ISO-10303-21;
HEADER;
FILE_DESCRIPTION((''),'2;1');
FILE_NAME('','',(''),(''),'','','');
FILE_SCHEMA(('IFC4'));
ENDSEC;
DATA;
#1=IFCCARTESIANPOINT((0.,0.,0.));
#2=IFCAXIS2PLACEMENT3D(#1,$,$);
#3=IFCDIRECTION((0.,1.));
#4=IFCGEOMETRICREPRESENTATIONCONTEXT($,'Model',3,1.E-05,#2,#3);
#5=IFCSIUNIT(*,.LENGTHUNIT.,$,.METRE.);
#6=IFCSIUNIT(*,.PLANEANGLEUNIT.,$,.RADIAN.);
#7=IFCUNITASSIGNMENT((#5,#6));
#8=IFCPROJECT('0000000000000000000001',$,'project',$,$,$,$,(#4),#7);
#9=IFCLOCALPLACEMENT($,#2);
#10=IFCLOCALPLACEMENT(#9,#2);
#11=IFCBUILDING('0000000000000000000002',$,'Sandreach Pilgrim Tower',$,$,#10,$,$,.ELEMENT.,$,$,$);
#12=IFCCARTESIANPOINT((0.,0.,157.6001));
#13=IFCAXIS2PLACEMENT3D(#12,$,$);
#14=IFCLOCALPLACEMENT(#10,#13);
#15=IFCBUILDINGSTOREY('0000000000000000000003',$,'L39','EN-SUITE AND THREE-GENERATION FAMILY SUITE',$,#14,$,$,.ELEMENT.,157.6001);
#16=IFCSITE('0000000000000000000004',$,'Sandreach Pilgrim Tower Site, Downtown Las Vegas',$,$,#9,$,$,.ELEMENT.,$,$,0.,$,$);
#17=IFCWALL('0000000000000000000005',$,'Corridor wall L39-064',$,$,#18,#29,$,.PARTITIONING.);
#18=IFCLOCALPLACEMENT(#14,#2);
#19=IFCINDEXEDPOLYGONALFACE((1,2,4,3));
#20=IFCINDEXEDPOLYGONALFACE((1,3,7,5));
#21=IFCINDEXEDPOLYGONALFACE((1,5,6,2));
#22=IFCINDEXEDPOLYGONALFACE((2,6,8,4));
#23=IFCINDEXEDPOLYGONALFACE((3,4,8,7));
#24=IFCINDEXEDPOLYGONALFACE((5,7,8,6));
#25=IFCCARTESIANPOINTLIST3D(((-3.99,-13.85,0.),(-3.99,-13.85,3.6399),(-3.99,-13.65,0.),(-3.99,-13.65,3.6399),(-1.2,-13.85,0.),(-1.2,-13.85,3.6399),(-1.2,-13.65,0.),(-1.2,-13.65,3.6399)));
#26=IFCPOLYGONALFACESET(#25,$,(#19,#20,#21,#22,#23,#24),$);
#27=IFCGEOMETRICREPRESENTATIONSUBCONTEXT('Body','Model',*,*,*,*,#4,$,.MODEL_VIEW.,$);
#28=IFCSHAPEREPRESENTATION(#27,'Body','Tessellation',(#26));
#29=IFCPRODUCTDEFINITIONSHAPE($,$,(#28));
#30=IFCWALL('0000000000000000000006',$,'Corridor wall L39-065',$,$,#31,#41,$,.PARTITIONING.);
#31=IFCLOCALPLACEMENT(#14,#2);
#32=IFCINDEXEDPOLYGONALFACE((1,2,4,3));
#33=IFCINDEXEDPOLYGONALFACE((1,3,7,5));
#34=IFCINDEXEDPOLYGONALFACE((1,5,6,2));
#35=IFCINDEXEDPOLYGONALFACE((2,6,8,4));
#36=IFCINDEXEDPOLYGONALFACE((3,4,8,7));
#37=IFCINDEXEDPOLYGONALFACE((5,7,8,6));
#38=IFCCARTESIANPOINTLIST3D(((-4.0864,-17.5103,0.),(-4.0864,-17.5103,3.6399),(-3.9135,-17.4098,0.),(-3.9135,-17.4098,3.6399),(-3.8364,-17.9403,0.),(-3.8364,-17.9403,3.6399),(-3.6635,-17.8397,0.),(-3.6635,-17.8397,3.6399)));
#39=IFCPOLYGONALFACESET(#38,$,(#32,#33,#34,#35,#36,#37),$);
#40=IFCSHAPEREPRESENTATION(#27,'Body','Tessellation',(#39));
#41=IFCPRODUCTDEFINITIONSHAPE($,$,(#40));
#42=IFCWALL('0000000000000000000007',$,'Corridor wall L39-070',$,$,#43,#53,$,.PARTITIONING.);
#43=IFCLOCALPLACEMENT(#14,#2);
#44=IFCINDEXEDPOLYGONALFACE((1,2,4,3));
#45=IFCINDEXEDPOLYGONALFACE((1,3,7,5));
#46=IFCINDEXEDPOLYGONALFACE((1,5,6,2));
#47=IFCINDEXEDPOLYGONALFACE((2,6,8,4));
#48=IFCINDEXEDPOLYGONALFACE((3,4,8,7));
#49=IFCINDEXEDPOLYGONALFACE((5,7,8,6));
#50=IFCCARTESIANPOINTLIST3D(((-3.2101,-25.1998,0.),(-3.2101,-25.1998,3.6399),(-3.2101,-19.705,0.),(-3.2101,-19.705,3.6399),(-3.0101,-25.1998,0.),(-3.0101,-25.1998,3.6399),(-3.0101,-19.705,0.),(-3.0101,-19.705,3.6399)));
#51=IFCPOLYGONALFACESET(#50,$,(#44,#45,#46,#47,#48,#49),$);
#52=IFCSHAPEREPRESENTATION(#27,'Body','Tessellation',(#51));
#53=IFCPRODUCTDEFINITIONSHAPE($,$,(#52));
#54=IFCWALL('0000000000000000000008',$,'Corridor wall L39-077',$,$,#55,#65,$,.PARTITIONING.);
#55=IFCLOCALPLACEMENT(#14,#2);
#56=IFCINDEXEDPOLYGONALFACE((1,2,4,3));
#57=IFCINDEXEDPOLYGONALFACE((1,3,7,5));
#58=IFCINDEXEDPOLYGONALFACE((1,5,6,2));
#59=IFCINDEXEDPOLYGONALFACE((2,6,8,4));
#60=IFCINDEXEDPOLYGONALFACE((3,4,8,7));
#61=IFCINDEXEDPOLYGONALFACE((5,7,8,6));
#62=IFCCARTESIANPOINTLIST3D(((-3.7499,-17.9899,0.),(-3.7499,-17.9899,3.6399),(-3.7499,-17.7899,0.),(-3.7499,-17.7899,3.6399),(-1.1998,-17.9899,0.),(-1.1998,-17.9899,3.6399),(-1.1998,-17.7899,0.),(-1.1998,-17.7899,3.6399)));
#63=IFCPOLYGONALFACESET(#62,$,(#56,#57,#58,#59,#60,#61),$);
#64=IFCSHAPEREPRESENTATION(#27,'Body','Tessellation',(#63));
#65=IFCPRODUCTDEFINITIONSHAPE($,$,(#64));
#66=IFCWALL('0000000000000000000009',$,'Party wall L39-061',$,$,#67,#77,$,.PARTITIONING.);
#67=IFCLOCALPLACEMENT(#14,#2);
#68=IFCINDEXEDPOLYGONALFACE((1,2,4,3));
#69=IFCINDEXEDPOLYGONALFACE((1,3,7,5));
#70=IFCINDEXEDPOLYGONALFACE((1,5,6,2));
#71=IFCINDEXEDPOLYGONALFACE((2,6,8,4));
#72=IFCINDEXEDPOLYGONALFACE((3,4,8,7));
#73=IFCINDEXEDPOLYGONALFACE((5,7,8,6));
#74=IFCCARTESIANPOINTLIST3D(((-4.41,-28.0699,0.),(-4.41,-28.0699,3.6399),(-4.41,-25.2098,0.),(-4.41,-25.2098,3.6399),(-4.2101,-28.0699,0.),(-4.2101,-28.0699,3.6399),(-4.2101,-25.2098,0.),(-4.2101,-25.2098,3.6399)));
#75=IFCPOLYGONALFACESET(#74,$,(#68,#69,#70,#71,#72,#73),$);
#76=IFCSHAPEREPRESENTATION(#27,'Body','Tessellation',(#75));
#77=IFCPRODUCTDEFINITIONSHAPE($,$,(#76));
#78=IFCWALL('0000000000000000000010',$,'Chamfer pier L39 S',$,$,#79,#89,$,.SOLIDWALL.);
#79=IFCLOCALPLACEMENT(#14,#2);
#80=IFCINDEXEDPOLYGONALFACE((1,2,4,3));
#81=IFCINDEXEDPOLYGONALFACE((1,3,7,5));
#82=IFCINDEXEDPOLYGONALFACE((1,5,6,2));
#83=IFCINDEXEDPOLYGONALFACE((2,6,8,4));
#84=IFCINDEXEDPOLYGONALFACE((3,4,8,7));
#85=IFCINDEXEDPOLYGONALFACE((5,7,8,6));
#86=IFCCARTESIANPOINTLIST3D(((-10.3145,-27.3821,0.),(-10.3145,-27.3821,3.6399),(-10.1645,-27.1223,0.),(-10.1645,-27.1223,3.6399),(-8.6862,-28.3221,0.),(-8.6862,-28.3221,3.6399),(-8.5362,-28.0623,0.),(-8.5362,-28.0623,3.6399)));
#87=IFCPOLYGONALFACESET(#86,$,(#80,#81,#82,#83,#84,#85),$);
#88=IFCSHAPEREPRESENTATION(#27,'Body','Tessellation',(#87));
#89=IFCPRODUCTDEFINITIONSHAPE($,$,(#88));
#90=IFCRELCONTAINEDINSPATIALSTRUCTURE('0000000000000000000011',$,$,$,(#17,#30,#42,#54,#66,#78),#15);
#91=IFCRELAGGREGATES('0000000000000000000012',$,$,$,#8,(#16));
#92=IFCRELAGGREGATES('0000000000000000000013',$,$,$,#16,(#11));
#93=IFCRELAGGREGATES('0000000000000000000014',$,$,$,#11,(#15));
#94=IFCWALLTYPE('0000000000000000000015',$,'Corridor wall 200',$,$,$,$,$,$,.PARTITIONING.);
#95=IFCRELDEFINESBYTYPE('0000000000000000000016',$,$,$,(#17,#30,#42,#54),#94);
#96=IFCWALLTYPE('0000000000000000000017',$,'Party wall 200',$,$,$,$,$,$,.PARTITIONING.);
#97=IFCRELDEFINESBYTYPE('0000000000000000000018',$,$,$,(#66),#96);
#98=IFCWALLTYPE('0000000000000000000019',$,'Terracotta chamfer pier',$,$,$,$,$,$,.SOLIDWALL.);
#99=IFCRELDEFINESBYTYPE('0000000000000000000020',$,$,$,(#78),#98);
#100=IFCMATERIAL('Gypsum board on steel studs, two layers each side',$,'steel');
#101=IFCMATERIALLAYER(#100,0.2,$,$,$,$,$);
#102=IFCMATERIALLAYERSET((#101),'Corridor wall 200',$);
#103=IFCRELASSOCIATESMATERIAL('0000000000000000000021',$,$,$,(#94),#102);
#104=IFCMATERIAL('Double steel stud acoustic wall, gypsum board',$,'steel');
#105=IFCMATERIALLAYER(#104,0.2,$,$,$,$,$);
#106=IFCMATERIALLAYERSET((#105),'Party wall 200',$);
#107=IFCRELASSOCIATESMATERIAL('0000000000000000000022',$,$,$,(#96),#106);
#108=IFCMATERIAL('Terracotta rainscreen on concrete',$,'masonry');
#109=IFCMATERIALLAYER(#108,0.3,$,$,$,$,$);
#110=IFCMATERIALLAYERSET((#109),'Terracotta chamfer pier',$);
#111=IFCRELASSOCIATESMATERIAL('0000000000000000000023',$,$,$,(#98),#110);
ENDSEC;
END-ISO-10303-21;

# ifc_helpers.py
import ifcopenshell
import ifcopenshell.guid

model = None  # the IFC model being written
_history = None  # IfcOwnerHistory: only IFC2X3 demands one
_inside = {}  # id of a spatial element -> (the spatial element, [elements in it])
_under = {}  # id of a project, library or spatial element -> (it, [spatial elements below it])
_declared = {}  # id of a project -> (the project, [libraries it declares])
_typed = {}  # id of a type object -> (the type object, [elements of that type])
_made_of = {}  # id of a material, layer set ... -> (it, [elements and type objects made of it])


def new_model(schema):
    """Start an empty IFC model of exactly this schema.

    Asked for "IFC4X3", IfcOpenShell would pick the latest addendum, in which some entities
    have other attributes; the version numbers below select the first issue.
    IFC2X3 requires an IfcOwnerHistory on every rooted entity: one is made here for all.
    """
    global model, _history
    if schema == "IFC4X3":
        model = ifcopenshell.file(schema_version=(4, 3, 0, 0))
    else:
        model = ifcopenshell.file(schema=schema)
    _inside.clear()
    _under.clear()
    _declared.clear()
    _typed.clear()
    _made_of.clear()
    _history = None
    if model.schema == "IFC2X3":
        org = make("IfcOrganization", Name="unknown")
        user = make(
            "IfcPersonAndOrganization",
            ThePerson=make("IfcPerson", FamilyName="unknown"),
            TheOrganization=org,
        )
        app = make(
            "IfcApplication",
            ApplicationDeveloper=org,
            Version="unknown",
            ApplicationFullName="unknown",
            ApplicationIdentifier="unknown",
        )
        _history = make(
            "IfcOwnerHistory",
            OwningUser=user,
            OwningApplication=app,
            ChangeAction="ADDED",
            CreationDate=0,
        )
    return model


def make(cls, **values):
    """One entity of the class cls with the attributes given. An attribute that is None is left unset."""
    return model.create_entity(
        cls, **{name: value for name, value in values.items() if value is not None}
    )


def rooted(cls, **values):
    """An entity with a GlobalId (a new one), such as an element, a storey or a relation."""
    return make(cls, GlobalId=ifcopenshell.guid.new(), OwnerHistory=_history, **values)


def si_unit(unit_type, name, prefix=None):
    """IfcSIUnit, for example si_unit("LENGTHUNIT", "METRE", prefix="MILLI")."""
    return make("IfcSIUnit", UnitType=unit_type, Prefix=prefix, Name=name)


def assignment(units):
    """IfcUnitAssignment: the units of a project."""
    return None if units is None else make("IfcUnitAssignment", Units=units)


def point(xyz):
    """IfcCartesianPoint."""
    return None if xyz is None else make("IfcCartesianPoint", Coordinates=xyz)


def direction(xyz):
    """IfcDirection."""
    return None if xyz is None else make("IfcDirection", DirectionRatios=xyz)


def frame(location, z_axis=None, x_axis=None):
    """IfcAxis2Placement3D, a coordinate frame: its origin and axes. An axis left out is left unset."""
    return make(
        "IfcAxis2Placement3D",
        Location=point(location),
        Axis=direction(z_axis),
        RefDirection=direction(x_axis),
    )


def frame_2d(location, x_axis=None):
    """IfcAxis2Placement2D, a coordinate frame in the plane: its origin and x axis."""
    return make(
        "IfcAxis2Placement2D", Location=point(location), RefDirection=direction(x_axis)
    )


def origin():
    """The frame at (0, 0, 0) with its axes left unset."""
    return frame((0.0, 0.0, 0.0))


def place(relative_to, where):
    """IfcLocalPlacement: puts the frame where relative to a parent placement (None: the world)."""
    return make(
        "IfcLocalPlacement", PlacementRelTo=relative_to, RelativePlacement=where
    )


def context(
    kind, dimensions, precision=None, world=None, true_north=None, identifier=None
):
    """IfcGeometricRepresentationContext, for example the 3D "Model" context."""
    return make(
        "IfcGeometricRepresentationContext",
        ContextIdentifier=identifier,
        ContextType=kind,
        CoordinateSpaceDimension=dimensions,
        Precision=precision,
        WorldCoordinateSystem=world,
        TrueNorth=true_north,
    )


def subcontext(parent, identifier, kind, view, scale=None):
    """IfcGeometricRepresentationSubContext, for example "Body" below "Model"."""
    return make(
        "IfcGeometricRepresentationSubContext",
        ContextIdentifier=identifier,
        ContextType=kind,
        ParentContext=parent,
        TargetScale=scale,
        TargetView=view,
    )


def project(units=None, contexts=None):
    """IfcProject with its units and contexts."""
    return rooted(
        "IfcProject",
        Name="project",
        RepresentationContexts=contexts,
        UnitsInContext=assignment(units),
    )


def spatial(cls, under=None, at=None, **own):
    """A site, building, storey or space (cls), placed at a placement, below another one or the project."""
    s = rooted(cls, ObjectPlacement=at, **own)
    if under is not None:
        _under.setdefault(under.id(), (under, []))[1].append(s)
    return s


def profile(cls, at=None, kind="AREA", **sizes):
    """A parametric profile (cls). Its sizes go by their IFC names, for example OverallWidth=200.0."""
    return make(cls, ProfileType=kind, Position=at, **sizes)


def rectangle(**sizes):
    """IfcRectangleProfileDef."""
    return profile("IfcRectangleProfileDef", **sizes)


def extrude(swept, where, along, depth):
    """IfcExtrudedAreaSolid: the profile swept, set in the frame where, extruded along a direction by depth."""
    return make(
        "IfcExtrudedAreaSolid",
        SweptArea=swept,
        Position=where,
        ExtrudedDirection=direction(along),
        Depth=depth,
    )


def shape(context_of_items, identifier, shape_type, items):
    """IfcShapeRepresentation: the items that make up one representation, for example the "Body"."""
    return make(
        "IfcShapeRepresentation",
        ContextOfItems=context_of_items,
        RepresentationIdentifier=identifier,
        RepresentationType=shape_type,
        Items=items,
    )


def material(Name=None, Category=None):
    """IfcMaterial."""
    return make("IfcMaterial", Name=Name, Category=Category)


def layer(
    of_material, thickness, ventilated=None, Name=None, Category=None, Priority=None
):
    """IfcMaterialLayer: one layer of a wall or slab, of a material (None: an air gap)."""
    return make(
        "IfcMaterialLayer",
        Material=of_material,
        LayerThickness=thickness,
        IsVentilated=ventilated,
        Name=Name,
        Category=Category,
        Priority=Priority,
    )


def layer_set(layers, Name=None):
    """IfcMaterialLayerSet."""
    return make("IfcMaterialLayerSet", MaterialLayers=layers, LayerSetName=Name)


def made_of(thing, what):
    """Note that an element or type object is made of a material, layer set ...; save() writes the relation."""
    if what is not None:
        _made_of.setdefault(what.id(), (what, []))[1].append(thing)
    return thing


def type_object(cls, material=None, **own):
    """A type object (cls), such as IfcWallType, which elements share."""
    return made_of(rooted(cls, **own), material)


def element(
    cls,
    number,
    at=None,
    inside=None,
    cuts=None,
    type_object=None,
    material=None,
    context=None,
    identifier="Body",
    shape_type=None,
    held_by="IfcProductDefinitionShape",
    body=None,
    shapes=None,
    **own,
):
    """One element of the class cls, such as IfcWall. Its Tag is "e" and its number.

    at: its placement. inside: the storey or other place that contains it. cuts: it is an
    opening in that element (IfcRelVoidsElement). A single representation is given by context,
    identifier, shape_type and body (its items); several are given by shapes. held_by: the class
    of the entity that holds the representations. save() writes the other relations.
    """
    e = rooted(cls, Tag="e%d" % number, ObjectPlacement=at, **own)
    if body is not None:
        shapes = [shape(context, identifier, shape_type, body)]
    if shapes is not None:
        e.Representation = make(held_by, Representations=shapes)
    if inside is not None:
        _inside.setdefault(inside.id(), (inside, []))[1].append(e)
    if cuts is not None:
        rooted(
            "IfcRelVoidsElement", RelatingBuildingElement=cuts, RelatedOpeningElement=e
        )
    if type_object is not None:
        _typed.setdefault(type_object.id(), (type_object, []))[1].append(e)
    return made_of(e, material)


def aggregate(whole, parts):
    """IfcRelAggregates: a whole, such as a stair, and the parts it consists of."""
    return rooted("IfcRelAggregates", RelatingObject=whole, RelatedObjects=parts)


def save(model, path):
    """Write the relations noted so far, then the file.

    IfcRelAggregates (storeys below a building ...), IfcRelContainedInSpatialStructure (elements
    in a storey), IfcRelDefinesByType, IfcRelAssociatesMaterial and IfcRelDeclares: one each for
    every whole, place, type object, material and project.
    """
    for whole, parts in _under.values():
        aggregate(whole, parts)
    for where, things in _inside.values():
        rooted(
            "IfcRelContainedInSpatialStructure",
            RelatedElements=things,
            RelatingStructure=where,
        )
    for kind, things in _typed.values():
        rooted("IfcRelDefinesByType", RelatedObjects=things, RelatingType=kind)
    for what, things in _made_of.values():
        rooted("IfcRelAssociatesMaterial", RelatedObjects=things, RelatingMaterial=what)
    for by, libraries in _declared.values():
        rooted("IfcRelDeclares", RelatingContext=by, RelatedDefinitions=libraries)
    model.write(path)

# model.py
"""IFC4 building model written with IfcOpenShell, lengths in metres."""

from ifc_helpers import new_model, si_unit, direction, frame, frame_2d, origin, place, context, subcontext, project, spatial, rectangle, extrude, material, layer, layer_set, type_object, element, save


model = new_model("IFC4")

# Units and contexts
model_context = context("Model", 3, precision=1e-05, world=origin(), true_north=direction((0.0, 1.0)))
body_context = subcontext(model_context, "Body", "Model", "MODEL_VIEW")
ifc_project = project(units=[si_unit("LENGTHUNIT", "METRE"), si_unit("PLANEANGLEUNIT", "RADIAN")], contexts=[model_context])

# Site, building, storey
site_placement = place(None, origin())
site = spatial("IfcSite", under=ifc_project, at=site_placement, Name="Sandreach Pilgrim Tower Site, Downtown Las Vegas", CompositionType="ELEMENT", RefElevation=0.0)
building_placement = place(site_placement, origin())
building = spatial("IfcBuilding", under=site, at=building_placement, Name="Sandreach Pilgrim Tower", CompositionType="ELEMENT")
storey_placement = place(building_placement, frame((0.0, 0.0, 157.6001)))
storey = spatial("IfcBuildingStorey", under=building, at=storey_placement, Name="L39", Description="EN-SUITE AND THREE-GENERATION FAMILY SUITE", CompositionType="ELEMENT", Elevation=157.6001)

# Shared definitions
ifc_material_1 = material(Name="Gypsum board on steel studs, two layers each side", Category="steel")
ifc_layer_1 = layer(ifc_material_1, 0.2)
ifc_layer_set_1 = layer_set([ifc_layer_1], Name="Corridor wall 200")
wall_type_1 = type_object("IfcWallType", Name="Corridor wall 200", PredefinedType="PARTITIONING", material=ifc_layer_set_1)

# Walls
wall_1_placement = place(storey_placement, frame((-3.99, -13.75, 0.0), z_axis=(0.0, 0.0, 1.0), x_axis=(1.0, 0.0, 0.0)))
element("IfcWall", 1, at=wall_1_placement, inside=storey, type_object=wall_type_1, Name="Corridor wall L39-064", PredefinedType="PARTITIONING", context=body_context, shape_type="SweptSolid", body=[
    extrude(rectangle(XDim=2.79, YDim=0.2, at=frame_2d((1.395, 0.0))), origin(), (0.0, 0.0, 1.0), 3.6399),
])
wall_2_placement = place(storey_placement, frame((-3.75, -17.8899, 0.0), z_axis=(0.0, 0.0, 1.0), x_axis=(-0.50268, 0.864472, 0.0)))
element("IfcWall", 2, at=wall_2_placement, inside=storey, type_object=wall_type_1, Name="Corridor wall L39-065", PredefinedType="PARTITIONING", context=body_context, shape_type="SweptSolid", body=[
    extrude(rectangle(XDim=0.4973, YDim=0.2, at=frame_2d((0.2485, 0.0))), origin(), (0.0, 0.0, 1.0), 3.6399),
])
wall_3_placement = place(storey_placement, frame((-3.1101, -25.2, 0.0), z_axis=(0.0, 0.0, 1.0), x_axis=(0.0, 1.0, 0.0)))
element("IfcWall", 3, at=wall_3_placement, inside=storey, type_object=wall_type_1, Name="Corridor wall L39-070", PredefinedType="PARTITIONING", context=body_context, shape_type="SweptSolid", body=[
    extrude(rectangle(XDim=5.4949, YDim=0.2, at=frame_2d((2.7476, 0.0))), origin(), (0.0, 0.0, 1.0), 3.6399),
])

# Walls
wall_4_placement = place(storey_placement, frame((-1.2, -17.8899, 0.0), z_axis=(0.0, 0.0, 1.0), x_axis=(-1.0, 0.0, 0.0)))
element("IfcWall", 4, at=wall_4_placement, inside=storey, type_object=wall_type_1, Name="Corridor wall L39-077", PredefinedType="PARTITIONING", context=body_context, shape_type="SweptSolid", body=[
    extrude(rectangle(XDim=2.55, YDim=0.2, at=frame_2d((1.2749, 0.0))), origin(), (0.0, 0.0, 1.0), 3.6399),
])
ifc_material_2 = material(Name="Double steel stud acoustic wall, gypsum board", Category="steel")
ifc_layer_2 = layer(ifc_material_2, 0.2)
ifc_layer_set_2 = layer_set([ifc_layer_2], Name="Party wall 200")
wall_type_2 = type_object("IfcWallType", Name="Party wall 200", PredefinedType="PARTITIONING", material=ifc_layer_set_2)
wall_5_placement = place(storey_placement, frame((-4.3101, -28.0701, 0.0), z_axis=(0.0, 0.0, 1.0), x_axis=(0.0, 1.0, 0.0)))
element("IfcWall", 5, at=wall_5_placement, inside=storey, type_object=wall_type_2, Name="Party wall L39-061", PredefinedType="PARTITIONING", context=body_context, shape_type="SweptSolid", body=[
    extrude(rectangle(XDim=2.8601, YDim=0.2, at=frame_2d((1.4302, 0.0))), origin(), (0.0, 0.0, 1.0), 3.6399),
])
ifc_material_3 = material(Name="Terracotta rainscreen on concrete", Category="masonry")
ifc_layer_3 = layer(ifc_material_3, 0.3)
ifc_layer_set_3 = layer_set([ifc_layer_3], Name="Terracotta chamfer pier")
wall_type_3 = type_object("IfcWallType", Name="Terracotta chamfer pier", PredefinedType="SOLIDWALL", material=ifc_layer_set_3)
wall_6_placement = place(storey_placement, frame((-8.6113, -28.1921, 0.0), z_axis=(0.0, 0.0, 1.0), x_axis=(-0.866045, 0.499966, 0.0)))
element("IfcWall", 6, at=wall_6_placement, inside=storey, type_object=wall_type_3, Name="Chamfer pier L39 S", PredefinedType="SOLIDWALL", context=body_context, shape_type="SweptSolid", body=[
    extrude(rectangle(XDim=1.8801, YDim=0.3, at=frame_2d((0.9399, 0.0))), origin(), (0.0, 0.0, 1.0), 3.6399),
])

save(model, "model.ifc")
